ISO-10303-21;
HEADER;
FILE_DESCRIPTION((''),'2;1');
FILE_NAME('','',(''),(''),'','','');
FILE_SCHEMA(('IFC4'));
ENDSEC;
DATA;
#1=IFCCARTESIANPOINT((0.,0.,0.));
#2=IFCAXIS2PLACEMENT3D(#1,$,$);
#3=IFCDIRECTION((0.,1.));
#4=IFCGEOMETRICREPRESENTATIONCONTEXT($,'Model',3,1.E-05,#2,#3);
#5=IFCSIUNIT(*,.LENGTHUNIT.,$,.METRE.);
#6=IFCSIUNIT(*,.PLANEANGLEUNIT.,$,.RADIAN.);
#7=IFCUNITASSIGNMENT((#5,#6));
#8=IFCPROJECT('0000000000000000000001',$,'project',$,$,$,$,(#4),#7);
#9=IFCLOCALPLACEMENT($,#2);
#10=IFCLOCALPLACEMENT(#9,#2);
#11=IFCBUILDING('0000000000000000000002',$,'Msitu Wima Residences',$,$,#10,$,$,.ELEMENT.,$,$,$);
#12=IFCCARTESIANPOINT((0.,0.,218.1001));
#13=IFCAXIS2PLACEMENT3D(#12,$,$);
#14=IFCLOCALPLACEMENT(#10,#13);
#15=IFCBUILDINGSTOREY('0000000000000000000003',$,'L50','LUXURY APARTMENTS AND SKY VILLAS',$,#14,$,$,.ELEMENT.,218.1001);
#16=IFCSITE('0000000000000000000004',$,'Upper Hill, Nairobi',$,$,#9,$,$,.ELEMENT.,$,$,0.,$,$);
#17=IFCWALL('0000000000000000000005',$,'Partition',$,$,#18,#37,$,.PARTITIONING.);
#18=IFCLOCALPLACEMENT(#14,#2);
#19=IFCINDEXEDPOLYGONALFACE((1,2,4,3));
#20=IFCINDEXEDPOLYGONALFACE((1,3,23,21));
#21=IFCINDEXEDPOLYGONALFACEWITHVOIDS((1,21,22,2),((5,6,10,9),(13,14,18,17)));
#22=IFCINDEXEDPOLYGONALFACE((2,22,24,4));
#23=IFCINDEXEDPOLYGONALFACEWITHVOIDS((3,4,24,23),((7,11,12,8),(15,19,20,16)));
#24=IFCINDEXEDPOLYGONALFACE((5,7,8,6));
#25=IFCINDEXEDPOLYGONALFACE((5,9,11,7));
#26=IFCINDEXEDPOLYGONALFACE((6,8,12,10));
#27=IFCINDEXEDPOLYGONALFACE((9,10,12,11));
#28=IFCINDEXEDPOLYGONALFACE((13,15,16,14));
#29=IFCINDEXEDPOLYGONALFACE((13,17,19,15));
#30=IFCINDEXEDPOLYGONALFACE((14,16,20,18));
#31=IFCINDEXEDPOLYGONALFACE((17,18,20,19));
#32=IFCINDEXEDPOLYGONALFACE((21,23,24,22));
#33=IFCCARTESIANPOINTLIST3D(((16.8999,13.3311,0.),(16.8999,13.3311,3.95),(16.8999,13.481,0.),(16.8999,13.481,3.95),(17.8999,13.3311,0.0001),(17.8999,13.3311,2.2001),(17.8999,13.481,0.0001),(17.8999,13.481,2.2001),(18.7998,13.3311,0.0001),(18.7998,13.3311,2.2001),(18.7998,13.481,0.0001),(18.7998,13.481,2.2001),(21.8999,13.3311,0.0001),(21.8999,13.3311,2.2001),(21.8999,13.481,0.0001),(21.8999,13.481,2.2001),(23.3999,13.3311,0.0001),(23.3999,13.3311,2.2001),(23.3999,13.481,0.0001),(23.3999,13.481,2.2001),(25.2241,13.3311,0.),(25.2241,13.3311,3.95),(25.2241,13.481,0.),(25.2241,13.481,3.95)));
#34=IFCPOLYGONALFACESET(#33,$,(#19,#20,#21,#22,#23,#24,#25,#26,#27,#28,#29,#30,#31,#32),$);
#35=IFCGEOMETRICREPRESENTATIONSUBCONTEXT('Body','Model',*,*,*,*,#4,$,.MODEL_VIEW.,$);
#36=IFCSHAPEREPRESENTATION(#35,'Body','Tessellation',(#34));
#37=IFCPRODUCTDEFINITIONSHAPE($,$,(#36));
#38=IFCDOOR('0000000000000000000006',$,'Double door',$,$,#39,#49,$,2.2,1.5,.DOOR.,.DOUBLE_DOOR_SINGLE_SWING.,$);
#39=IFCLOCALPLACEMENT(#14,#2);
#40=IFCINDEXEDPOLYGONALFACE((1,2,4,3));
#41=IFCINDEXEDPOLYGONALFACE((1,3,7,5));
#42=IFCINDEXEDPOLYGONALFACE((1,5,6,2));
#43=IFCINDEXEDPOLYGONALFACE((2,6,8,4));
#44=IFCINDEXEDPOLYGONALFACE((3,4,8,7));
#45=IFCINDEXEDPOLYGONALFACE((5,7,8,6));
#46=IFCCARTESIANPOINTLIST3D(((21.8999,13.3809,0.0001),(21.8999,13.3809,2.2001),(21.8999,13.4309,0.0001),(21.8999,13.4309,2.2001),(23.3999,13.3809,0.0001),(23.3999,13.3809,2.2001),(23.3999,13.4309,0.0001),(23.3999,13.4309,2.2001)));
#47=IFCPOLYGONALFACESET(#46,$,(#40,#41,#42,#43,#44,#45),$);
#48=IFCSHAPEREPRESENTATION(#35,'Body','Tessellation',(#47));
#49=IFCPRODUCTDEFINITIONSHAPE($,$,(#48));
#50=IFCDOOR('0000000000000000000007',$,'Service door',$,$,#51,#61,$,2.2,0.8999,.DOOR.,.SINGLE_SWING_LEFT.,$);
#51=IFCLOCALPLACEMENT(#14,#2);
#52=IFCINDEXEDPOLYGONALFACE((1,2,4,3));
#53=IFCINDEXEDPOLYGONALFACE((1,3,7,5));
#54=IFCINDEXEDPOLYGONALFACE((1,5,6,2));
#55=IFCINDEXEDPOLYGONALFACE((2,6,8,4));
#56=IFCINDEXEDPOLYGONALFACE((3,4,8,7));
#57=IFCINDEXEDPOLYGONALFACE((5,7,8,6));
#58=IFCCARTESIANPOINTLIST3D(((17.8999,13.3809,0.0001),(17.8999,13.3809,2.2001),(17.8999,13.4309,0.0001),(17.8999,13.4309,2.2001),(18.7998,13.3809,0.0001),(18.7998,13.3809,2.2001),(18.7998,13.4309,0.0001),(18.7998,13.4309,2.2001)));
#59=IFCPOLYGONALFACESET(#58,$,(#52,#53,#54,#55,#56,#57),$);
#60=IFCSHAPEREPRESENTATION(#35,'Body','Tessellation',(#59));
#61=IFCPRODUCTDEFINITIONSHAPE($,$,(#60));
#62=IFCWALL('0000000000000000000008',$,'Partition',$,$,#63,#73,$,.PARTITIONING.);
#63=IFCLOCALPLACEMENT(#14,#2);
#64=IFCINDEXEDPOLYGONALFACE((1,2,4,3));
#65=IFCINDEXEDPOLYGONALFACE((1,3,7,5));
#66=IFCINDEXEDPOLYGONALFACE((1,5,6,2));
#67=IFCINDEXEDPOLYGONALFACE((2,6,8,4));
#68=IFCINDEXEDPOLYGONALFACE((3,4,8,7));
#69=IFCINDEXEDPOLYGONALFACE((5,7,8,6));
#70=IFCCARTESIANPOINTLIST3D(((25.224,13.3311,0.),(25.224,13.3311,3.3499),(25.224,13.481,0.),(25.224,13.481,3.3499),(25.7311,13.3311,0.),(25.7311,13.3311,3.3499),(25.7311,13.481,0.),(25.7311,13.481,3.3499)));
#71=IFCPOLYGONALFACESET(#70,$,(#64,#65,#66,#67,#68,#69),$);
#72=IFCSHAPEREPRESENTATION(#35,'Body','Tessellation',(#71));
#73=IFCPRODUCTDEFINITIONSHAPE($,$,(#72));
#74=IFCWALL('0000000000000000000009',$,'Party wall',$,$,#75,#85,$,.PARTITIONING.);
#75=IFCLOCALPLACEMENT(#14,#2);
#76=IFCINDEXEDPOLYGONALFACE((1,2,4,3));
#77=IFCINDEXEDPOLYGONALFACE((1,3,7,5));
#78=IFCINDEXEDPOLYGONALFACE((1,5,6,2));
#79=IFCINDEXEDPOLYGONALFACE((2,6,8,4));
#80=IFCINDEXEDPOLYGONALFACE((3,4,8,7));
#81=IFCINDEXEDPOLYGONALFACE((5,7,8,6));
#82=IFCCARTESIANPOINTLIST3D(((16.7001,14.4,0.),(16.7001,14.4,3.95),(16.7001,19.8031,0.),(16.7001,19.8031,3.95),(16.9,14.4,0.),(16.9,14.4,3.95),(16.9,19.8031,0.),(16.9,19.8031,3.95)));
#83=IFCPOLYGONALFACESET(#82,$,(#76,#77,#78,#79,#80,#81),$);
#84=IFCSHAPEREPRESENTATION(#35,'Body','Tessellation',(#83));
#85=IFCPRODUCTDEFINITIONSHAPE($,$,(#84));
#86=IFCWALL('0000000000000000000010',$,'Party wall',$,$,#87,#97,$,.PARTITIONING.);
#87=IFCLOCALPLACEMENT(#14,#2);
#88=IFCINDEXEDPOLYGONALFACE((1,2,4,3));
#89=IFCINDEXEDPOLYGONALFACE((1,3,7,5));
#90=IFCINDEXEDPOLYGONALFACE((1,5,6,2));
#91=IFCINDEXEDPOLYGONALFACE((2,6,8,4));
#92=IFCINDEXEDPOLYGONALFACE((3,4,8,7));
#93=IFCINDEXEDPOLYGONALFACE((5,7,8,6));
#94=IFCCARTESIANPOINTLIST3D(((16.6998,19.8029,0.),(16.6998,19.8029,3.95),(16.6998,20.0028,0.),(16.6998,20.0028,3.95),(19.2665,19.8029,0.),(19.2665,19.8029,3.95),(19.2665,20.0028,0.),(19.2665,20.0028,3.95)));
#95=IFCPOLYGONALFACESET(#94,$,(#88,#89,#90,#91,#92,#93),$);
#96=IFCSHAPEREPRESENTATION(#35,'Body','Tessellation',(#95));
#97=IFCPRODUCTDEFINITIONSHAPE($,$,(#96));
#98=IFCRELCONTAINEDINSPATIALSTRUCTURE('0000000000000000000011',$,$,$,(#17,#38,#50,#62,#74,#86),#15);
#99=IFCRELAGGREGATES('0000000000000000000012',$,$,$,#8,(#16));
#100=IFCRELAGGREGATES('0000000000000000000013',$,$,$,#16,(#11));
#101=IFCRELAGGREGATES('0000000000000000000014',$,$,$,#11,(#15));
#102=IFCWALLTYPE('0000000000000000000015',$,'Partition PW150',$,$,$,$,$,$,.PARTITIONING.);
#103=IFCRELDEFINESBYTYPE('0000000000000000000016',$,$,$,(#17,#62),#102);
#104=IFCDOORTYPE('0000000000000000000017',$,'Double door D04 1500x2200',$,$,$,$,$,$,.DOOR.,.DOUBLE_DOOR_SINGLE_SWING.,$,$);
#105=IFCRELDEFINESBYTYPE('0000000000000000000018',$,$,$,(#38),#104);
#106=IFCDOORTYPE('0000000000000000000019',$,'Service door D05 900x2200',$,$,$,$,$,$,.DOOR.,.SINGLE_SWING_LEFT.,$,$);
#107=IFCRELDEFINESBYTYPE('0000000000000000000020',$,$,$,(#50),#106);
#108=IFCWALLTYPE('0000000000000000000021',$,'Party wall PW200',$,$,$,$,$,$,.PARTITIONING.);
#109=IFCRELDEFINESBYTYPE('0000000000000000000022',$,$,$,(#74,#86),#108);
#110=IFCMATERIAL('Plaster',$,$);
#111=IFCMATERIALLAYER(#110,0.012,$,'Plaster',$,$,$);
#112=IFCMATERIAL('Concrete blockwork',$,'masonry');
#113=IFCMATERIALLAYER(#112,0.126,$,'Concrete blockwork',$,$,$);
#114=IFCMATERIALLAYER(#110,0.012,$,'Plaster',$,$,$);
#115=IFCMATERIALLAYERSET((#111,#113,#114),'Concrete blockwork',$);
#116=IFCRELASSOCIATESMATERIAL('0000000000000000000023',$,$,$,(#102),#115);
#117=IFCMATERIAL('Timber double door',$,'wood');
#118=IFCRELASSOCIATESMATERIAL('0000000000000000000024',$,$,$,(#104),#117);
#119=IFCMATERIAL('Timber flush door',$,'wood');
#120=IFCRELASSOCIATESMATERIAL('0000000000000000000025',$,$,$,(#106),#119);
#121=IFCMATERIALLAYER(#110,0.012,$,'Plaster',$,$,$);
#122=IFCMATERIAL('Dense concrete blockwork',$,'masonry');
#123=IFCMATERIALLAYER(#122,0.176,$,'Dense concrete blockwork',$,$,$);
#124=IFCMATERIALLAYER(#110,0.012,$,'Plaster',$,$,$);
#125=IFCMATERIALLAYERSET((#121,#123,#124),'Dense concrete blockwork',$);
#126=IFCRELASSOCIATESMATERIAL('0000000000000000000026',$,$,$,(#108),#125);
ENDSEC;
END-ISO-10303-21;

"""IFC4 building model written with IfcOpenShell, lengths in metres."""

from ifc_helpers import new_model, si_unit, direction, frame, frame_2d, origin, place, context, subcontext, project, spatial, rectangle, extrude, material, layer, layer_set, type_object, element, fill, save


model = new_model("IFC4")

# Units and contexts
model_context = context("Model", 3, precision=1e-05, world=origin(), true_north=direction((0.0, 1.0)))
body_context = subcontext(model_context, "Body", "Model", "MODEL_VIEW")
ifc_project = project(units=[si_unit("LENGTHUNIT", "METRE"), si_unit("PLANEANGLEUNIT", "RADIAN")], contexts=[model_context])

# Site, building, storey
site_placement = place(None, origin())
site = spatial("IfcSite", under=ifc_project, at=site_placement, Name="Upper Hill, Nairobi", CompositionType="ELEMENT", RefElevation=0.0)
building_placement = place(site_placement, origin())
building = spatial("IfcBuilding", under=site, at=building_placement, Name="Msitu Wima Residences", CompositionType="ELEMENT")
storey_placement = place(building_placement, frame((0.0, 0.0, 218.1001)))
storey = spatial("IfcBuildingStorey", under=building, at=storey_placement, Name="L50", Description="LUXURY APARTMENTS AND SKY VILLAS", CompositionType="ELEMENT", Elevation=218.1001)

# Shared definitions
ifc_material_1 = material(Name="Plaster")
ifc_material_2 = material(Name="Concrete blockwork", Category="masonry")

# Shared definitions
ifc_layer_1 = layer(ifc_material_1, 0.012, Name="Plaster")
ifc_layer_2 = layer(ifc_material_2, 0.126, Name="Concrete blockwork")
ifc_layer_3 = layer(ifc_material_1, 0.012, Name="Plaster")
ifc_layer_set_1 = layer_set([ifc_layer_1, ifc_layer_2, ifc_layer_3], Name="Concrete blockwork")
wall_type_1 = type_object("IfcWallType", Name="Partition PW150", PredefinedType="PARTITIONING", material=ifc_layer_set_1)
ifc_material_3 = material(Name="Timber flush door", Category="wood")

# Wall, openings, doors
wall_1_placement = place(storey_placement, frame((16.8999, 13.406, 0.0), z_axis=(0.0, 0.0, 1.0), x_axis=(1.0, 0.0, 0.0)))
wall_1 = element("IfcWall", 1, at=wall_1_placement, inside=storey, type_object=wall_type_1, Name="Partition", PredefinedType="PARTITIONING", context=body_context, shape_type="SweptSolid", body=[
    extrude(rectangle(XDim=8.3242, YDim=0.1499, at=frame_2d((4.1621, 0.0))), origin(), (0.0, 0.0, 1.0), 3.95),
])
opening_1_placement = place(wall_1_placement, frame((5.0, 0.0, 0.0)))
opening_1 = element("IfcOpeningElement", 2, at=opening_1_placement, cuts=wall_1, PredefinedType="OPENING", context=body_context, shape_type="SweptSolid", body=[
    extrude(rectangle(XDim=1.5, YDim=2.2, at=frame_2d((0.75, 1.1001))), frame((0.0, 0.085, 0.0), z_axis=(0.0, -1.0, 0.0), x_axis=(1.0, 0.0, 0.0)), (0.0, 0.0, 1.0), 0.1699),
])
opening_2_placement = place(wall_1_placement, frame((1.0, 0.0, 0.0)))
opening_2 = element("IfcOpeningElement", 3, at=opening_2_placement, cuts=wall_1, PredefinedType="OPENING", context=body_context, shape_type="SweptSolid", body=[
    extrude(rectangle(XDim=0.8999, YDim=2.2, at=frame_2d((0.45, 1.1001))), frame((0.0, 0.085, 0.0), z_axis=(0.0, -1.0, 0.0), x_axis=(1.0, 0.0, 0.0)), (0.0, 0.0, 1.0), 0.1699),
])
ifc_material_4 = material(Name="Timber double door", Category="wood")
door_type_1 = type_object("IfcDoorType", Name="Double door D04 1500x2200", OperationType="DOUBLE_DOOR_SINGLE_SWING", PredefinedType="DOOR", material=ifc_material_4)
door_1_placement = place(opening_1_placement, origin())
door_1 = element("IfcDoor", 4, at=door_1_placement, inside=storey, type_object=door_type_1, Name="Double door", OperationType="DOUBLE_DOOR_SINGLE_SWING", OverallHeight=2.2, OverallWidth=1.5, PredefinedType="DOOR", context=body_context, shape_type="SweptSolid", body=[
    extrude(rectangle(XDim=1.5, YDim=2.2, at=frame_2d((0.75, 1.1001))), frame((0.0, 0.0249, 0.0), z_axis=(0.0, -1.0, 0.0), x_axis=(1.0, 0.0, 0.0)), (0.0, 0.0, 1.0), 0.05),
])
fill(opening_1, door_1)
door_type_2 = type_object("IfcDoorType", Name="Service door D05 900x2200", OperationType="SINGLE_SWING_LEFT", PredefinedType="DOOR", material=ifc_material_3)
door_2_placement = place(opening_2_placement, origin())
door_2 = element("IfcDoor", 5, at=door_2_placement, inside=storey, type_object=door_type_2, Name="Service door", OperationType="SINGLE_SWING_LEFT", OverallHeight=2.2, OverallWidth=0.8999, PredefinedType="DOOR", context=body_context, shape_type="SweptSolid", body=[
    extrude(rectangle(XDim=0.8999, YDim=2.2, at=frame_2d((0.45, 1.1001))), frame((0.0, 0.0249, 0.0), z_axis=(0.0, -1.0, 0.0), x_axis=(1.0, 0.0, 0.0)), (0.0, 0.0, 1.0), 0.05),
])
fill(opening_2, door_2)

# Walls
wall_2_placement = place(storey_placement, frame((25.2241, 13.406, 0.0), z_axis=(0.0, 0.0, 1.0), x_axis=(1.0, 0.0, 0.0)))
element("IfcWall", 6, at=wall_2_placement, inside=storey, type_object=wall_type_1, Name="Partition", PredefinedType="PARTITIONING", context=body_context, shape_type="SweptSolid", body=[
    extrude(rectangle(XDim=0.5071, YDim=0.1499, at=frame_2d((0.2534, 0.0))), origin(), (0.0, 0.0, 1.0), 3.3499),
])
ifc_layer_4 = layer(ifc_material_1, 0.012, Name="Plaster")
ifc_material_5 = material(Name="Dense concrete blockwork", Category="masonry")
ifc_layer_5 = layer(ifc_material_5, 0.176, Name="Dense concrete blockwork")
ifc_layer_6 = layer(ifc_material_1, 0.012, Name="Plaster")
ifc_layer_set_2 = layer_set([ifc_layer_4, ifc_layer_5, ifc_layer_6], Name="Dense concrete blockwork")
wall_type_2 = type_object("IfcWallType", Name="Party wall PW200", PredefinedType="PARTITIONING", material=ifc_layer_set_2)
wall_3_placement = place(storey_placement, frame((16.8, 14.3999, 0.0), z_axis=(0.0, 0.0, 1.0), x_axis=(0.0, 1.0, 0.0)))
element("IfcWall", 7, at=wall_3_placement, inside=storey, type_object=wall_type_2, Name="Party wall", PredefinedType="PARTITIONING", context=body_context, shape_type="SweptSolid", body=[
    extrude(rectangle(XDim=5.4031, YDim=0.2, at=frame_2d((2.7017, 0.0))), origin(), (0.0, 0.0, 1.0), 3.95),
])
wall_4_placement = place(storey_placement, frame((16.7, 19.9028, 0.0), z_axis=(0.0, 0.0, 1.0), x_axis=(1.0, 0.0, 0.0)))
element("IfcWall", 8, at=wall_4_placement, inside=storey, type_object=wall_type_2, Name="Party wall", PredefinedType="PARTITIONING", context=body_context, shape_type="SweptSolid", body=[
    extrude(rectangle(XDim=2.5667, YDim=0.2, at=frame_2d((1.2832, 0.0))), origin(), (0.0, 0.0, 1.0), 3.95),
])

save(model, "model.ifc")
